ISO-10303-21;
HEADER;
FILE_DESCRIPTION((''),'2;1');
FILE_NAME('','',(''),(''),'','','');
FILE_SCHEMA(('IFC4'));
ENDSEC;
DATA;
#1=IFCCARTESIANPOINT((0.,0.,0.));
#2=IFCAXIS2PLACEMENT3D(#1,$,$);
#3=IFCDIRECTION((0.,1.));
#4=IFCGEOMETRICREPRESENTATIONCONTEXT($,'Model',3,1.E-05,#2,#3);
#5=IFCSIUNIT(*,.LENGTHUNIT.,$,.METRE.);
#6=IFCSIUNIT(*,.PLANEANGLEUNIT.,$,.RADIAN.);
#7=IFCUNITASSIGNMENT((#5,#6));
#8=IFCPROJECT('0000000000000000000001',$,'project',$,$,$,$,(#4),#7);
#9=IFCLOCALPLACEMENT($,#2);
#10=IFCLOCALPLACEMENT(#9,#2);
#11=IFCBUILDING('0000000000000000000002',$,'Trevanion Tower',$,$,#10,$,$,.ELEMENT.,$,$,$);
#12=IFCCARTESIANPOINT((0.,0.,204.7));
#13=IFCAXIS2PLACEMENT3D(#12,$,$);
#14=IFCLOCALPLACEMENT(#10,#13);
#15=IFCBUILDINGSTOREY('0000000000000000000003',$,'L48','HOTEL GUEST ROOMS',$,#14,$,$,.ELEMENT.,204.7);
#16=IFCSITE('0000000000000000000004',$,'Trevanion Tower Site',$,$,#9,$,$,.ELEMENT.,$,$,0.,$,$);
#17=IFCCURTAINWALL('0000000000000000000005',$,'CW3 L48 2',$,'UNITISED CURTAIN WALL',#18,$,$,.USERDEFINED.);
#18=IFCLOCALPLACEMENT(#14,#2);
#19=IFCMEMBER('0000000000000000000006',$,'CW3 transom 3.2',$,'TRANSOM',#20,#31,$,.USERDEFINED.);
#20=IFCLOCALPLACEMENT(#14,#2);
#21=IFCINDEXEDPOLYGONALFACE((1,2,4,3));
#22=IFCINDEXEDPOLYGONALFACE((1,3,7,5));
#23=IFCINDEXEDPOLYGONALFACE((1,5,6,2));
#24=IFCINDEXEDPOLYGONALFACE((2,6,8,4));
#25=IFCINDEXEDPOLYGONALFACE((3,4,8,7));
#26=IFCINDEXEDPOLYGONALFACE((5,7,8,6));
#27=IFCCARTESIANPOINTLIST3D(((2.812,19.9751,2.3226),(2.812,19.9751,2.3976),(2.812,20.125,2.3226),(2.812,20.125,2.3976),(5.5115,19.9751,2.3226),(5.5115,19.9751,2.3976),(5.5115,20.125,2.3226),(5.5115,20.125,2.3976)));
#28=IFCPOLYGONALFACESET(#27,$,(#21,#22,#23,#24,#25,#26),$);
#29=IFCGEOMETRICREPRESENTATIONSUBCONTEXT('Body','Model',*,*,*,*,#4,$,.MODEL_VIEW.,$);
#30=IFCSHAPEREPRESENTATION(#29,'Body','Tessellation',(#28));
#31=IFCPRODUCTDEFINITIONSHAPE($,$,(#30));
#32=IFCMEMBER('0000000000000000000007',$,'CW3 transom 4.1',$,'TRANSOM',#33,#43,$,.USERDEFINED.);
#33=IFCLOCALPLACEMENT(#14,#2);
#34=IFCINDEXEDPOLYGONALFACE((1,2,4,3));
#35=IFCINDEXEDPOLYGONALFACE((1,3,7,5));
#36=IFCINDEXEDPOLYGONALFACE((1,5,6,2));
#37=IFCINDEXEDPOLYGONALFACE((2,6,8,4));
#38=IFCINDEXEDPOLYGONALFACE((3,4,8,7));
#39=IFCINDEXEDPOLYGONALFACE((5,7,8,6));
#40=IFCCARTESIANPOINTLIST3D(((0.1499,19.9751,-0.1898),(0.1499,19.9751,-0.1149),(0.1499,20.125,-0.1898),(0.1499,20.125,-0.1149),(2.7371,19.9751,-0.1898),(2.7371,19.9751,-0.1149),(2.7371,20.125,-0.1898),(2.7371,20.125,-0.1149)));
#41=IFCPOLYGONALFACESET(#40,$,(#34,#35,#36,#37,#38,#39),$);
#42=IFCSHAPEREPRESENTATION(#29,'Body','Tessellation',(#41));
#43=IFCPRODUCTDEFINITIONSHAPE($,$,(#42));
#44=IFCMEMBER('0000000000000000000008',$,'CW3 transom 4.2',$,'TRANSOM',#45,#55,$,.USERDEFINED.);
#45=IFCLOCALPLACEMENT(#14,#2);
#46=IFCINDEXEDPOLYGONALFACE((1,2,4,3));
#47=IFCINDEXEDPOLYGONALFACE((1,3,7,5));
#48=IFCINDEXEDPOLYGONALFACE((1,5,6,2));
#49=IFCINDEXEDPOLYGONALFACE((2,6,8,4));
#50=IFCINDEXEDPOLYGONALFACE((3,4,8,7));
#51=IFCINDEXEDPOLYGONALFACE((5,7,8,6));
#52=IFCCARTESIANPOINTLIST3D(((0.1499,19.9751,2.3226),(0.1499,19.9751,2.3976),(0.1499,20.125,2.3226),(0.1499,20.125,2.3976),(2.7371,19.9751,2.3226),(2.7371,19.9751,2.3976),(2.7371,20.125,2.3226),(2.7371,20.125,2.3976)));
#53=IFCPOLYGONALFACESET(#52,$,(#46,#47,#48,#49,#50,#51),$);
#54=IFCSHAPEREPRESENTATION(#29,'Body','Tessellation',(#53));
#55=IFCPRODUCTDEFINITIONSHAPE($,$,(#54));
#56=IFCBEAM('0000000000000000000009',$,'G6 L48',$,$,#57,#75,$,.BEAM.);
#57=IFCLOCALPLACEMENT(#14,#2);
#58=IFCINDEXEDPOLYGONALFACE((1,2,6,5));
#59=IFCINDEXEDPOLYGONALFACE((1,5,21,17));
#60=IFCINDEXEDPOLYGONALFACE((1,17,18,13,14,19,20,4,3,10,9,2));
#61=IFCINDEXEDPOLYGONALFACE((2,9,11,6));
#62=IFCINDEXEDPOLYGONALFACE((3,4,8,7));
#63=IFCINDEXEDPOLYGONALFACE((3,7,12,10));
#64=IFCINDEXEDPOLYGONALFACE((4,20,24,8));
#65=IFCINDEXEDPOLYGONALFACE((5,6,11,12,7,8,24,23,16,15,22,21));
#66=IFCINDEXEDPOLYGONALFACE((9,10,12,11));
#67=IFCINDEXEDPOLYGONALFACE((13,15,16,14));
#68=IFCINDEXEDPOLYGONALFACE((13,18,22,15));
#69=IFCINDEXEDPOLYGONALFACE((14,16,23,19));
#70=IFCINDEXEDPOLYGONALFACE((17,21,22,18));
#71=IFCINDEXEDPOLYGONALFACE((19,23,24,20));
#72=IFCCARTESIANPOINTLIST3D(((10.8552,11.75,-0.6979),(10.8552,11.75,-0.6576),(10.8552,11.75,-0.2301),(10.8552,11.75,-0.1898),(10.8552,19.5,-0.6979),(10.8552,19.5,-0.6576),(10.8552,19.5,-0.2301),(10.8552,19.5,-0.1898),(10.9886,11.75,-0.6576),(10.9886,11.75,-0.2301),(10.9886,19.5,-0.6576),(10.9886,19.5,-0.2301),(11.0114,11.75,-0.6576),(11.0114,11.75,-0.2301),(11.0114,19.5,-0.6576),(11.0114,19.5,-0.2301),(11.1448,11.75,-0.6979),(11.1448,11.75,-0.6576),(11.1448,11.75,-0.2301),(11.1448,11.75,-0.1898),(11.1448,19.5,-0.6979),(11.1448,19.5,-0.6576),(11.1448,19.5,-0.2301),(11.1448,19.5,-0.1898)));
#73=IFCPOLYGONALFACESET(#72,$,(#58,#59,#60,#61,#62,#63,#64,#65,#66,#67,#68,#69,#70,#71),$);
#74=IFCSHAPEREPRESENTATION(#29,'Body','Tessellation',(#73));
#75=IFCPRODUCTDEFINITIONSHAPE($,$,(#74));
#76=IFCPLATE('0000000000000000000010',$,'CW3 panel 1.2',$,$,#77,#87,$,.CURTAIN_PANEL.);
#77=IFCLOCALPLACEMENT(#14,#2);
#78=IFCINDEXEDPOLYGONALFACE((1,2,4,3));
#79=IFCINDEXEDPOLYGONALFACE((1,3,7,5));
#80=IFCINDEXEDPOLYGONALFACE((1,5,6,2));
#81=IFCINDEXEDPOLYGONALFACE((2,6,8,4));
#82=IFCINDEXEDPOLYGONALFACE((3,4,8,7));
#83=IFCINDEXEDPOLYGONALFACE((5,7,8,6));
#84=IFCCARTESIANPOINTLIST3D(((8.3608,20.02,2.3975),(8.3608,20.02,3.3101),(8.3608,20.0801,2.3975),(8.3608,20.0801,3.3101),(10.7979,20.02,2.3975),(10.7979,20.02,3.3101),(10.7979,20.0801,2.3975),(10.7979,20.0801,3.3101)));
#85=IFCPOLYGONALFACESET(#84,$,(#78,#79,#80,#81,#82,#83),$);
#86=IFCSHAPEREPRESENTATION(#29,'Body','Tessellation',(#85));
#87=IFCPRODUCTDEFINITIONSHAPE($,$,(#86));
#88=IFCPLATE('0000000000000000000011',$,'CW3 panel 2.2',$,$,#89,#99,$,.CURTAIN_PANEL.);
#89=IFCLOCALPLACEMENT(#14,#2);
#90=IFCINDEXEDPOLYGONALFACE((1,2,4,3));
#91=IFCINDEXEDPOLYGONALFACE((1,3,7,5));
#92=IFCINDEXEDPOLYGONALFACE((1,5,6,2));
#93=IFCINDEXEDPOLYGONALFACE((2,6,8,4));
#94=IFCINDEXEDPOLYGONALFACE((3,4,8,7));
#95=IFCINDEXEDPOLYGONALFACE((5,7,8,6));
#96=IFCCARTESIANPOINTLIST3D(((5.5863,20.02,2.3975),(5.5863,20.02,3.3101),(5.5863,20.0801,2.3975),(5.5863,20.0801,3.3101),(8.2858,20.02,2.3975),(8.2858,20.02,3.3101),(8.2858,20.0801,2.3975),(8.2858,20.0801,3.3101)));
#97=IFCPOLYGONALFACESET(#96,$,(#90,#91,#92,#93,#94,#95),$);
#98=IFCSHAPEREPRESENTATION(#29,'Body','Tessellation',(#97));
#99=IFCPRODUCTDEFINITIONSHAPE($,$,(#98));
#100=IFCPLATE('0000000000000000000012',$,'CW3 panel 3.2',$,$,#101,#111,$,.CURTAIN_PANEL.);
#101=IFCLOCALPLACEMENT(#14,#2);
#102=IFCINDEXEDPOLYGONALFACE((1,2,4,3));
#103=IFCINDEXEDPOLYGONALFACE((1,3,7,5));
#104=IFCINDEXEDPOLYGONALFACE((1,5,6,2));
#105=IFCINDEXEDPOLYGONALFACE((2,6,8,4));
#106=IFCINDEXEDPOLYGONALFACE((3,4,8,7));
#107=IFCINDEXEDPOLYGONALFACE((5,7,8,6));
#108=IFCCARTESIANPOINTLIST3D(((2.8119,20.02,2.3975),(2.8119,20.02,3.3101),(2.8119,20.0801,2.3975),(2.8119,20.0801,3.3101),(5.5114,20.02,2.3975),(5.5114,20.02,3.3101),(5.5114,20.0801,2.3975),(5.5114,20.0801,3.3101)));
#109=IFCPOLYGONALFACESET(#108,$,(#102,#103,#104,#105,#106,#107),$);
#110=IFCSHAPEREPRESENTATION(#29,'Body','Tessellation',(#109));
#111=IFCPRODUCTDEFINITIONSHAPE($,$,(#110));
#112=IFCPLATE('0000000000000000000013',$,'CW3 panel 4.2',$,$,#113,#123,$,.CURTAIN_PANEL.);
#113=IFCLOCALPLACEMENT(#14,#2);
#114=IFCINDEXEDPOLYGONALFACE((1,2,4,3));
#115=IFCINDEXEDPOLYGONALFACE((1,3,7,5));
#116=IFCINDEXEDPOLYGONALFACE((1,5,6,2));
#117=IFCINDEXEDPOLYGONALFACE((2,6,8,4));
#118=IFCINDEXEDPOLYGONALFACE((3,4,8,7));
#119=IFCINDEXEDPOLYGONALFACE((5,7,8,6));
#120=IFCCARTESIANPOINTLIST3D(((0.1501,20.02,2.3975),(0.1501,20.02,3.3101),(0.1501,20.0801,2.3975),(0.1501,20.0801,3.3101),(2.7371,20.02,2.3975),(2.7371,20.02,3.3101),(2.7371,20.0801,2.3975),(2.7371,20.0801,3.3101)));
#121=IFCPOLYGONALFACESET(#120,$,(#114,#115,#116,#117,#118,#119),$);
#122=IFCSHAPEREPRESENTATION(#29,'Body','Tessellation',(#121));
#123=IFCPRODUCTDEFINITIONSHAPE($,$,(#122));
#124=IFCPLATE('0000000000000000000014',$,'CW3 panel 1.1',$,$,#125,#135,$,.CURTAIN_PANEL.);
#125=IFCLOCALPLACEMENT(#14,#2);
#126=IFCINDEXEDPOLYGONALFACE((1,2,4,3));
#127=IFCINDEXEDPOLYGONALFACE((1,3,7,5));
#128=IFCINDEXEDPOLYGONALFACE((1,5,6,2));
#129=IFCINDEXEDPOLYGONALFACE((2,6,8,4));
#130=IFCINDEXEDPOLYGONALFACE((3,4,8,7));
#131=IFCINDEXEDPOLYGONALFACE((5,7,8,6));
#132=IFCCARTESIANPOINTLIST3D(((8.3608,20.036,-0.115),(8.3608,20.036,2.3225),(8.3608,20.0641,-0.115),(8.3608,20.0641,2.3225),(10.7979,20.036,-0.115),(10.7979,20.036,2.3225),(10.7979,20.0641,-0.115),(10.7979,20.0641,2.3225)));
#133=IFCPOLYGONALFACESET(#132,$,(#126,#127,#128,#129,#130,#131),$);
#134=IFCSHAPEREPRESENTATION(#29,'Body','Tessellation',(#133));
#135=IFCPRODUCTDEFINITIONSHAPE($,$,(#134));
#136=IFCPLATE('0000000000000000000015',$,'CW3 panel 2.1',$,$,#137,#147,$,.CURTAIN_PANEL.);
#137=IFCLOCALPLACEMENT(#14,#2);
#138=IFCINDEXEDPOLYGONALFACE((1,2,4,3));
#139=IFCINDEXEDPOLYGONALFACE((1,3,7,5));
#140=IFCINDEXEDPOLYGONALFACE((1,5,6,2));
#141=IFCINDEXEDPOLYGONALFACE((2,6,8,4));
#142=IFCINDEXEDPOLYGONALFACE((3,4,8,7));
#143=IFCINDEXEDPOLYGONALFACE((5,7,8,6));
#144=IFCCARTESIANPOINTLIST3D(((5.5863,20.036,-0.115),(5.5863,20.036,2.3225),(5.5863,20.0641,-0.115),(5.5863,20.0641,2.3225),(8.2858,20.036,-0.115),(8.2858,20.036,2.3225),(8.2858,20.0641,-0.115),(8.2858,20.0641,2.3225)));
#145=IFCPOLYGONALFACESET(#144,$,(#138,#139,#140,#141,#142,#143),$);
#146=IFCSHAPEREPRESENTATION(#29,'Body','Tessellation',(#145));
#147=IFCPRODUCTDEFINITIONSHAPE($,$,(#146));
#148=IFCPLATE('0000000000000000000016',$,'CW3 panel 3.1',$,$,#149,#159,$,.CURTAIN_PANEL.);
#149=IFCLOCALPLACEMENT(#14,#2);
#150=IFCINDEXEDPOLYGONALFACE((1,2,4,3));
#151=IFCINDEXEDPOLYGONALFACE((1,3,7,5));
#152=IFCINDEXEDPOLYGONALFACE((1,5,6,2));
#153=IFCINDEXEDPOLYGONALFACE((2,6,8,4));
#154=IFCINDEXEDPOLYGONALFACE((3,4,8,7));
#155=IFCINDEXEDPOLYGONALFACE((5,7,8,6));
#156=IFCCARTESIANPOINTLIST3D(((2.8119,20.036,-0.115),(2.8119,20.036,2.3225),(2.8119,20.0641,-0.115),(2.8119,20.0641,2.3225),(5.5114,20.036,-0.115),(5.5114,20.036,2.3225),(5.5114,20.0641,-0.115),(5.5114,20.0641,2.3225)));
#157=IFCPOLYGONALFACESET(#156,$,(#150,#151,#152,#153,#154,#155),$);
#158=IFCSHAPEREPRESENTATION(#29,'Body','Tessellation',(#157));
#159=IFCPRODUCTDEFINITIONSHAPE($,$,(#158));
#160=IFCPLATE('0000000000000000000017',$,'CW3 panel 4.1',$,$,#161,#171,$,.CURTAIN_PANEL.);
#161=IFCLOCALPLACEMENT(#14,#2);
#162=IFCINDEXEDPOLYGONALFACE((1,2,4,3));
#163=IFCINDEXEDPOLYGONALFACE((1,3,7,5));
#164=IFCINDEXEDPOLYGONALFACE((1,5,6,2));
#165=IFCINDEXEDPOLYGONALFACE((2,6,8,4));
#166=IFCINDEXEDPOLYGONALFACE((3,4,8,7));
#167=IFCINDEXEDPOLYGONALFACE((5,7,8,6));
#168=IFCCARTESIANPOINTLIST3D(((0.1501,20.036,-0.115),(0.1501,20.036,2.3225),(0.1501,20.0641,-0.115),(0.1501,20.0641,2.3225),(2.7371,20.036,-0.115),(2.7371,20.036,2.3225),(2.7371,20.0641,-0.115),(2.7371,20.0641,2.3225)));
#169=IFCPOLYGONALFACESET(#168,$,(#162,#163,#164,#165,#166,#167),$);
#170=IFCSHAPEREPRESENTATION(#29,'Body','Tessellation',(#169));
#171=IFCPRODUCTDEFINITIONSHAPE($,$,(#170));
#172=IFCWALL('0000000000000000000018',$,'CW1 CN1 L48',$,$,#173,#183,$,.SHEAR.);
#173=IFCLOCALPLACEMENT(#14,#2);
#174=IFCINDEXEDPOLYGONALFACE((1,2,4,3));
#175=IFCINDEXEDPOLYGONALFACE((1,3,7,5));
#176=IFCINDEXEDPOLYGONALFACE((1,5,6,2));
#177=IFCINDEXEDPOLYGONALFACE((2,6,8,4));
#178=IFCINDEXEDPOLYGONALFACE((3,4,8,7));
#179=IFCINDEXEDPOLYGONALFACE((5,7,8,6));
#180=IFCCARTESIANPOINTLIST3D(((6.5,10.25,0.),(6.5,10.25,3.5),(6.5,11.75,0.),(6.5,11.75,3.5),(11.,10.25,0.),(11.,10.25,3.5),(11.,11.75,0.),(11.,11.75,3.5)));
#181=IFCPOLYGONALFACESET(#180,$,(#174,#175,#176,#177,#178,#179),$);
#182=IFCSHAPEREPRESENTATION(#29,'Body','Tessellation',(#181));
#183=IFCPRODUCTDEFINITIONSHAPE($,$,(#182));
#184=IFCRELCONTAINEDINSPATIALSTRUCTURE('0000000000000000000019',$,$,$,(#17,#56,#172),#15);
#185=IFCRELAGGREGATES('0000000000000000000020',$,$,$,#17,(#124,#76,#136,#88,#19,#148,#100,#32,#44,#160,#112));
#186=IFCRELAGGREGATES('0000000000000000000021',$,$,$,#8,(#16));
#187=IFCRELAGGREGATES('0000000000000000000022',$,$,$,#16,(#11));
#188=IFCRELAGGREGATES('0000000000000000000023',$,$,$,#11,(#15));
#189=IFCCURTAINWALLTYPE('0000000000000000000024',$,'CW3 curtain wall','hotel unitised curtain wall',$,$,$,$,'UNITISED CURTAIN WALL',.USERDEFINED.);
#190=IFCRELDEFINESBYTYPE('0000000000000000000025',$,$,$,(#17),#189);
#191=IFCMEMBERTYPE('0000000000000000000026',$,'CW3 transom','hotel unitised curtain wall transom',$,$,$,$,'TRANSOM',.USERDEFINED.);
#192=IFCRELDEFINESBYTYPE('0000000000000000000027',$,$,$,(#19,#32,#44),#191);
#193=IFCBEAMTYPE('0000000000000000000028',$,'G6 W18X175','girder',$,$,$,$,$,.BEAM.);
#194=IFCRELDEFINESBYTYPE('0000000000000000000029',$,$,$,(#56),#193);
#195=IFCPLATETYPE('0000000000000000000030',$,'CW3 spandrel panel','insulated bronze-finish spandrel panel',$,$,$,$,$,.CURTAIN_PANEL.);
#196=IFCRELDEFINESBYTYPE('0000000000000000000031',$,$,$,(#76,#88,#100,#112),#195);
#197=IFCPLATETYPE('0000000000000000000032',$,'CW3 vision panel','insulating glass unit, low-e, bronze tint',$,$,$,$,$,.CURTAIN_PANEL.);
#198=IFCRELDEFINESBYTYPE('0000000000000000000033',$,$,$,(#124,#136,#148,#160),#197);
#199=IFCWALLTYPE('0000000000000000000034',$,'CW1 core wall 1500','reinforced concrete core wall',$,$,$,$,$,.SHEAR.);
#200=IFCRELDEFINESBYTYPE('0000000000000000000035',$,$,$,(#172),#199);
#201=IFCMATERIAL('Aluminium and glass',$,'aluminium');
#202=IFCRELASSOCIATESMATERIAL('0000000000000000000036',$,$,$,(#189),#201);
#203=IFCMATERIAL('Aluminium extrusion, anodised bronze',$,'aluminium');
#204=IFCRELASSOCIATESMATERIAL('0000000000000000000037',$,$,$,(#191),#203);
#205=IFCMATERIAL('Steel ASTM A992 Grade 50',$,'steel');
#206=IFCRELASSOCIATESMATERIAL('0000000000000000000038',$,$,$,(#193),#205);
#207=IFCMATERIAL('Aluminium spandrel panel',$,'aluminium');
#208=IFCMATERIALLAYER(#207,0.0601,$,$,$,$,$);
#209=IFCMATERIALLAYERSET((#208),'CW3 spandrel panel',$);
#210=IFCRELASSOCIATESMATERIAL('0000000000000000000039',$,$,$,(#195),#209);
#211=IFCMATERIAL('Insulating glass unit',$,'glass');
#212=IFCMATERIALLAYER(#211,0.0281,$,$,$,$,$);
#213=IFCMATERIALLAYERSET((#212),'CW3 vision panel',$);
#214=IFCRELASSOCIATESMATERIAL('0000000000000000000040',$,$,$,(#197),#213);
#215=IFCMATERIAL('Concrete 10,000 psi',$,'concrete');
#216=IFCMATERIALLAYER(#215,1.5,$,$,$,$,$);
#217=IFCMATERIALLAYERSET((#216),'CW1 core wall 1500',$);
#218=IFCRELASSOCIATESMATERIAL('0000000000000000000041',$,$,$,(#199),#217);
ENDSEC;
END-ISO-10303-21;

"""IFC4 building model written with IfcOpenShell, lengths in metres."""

from ifc_helpers import new_model, si_unit, direction, frame, frame_2d, origin, origin_2d, place, context, subcontext, project, spatial, rectangle, i_section, extrude, material, layer, layer_set, material_profile, profile_set, type_object, element, aggregate, save


model = new_model("IFC4")

# Units and contexts
model_context = context("Model", 3, precision=1e-05, world=origin(), true_north=direction((0.0, 1.0)))
body_context = subcontext(model_context, "Body", "Model", "MODEL_VIEW")
ifc_project = project(units=[si_unit("LENGTHUNIT", "METRE"), si_unit("PLANEANGLEUNIT", "RADIAN")], contexts=[model_context])

# Site, building, storey
site_placement = place(None, origin())
site = spatial("IfcSite", under=ifc_project, at=site_placement, Name="Trevanion Tower Site", CompositionType="ELEMENT", RefElevation=0.0)
building_placement = place(site_placement, origin())
building = spatial("IfcBuilding", under=site, at=building_placement, Name="Trevanion Tower", CompositionType="ELEMENT")
storey_placement = place(building_placement, frame((0.0, 0.0, 204.7)))
storey = spatial("IfcBuildingStorey", under=building, at=storey_placement, Name="L48", Description="HOTEL GUEST ROOMS", CompositionType="ELEMENT", Elevation=204.7)

# Curtain wall, members
ifc_material_1 = material(Name="Aluminium and glass", Category="aluminium")
curtain_wall_type = type_object("IfcCurtainWallType", Name="CW3 curtain wall", Description="hotel unitised curtain wall", ElementType="UNITISED CURTAIN WALL", PredefinedType="USERDEFINED", material=ifc_material_1)
curtain_wall_placement = place(storey_placement, origin())
curtain_wall = element("IfcCurtainWall", 1, at=curtain_wall_placement, inside=storey, type_object=curtain_wall_type, Name="CW3 L48 2", ObjectType="UNITISED CURTAIN WALL", PredefinedType="USERDEFINED")
ifc_material_2 = material(Name="Aluminium extrusion, anodised bronze", Category="aluminium")
ifc_material_profile_1 = material_profile(ifc_material_2, rectangle(XDim=0.1499, YDim=0.075, at=origin_2d()), Name="CW3 transom")
ifc_profile_set_1 = profile_set([ifc_material_profile_1], Name="Aluminium extrusion, anodised bronze")
member_type_1 = type_object("IfcMemberType", Name="CW3 transom", Description="hotel unitised curtain wall transom", ElementType="TRANSOM", PredefinedType="USERDEFINED", material=ifc_profile_set_1)
member_1_placement = place(storey_placement, frame((5.5115, 20.05, 2.3601), z_axis=(-1.0, 0.0, 0.0), x_axis=(0.0, -1.0, 0.0)))
member_1 = element("IfcMember", 2, at=member_1_placement, type_object=member_type_1, Name="CW3 transom 3.2", ObjectType="TRANSOM", PredefinedType="USERDEFINED", context=body_context, shape_type="SweptSolid", body=[
    extrude(rectangle(XDim=0.1499, YDim=0.075, at=origin_2d()), origin(), (0.0, 0.0, 1.0), 2.6995),
])
member_2_placement = place(storey_placement, frame((2.7371, 20.05, -0.1523), z_axis=(-1.0, 0.0, 0.0), x_axis=(0.0, -1.0, 0.0)))
member_2 = element("IfcMember", 3, at=member_2_placement, type_object=member_type_1, Name="CW3 transom 4.1", ObjectType="TRANSOM", PredefinedType="USERDEFINED", context=body_context, shape_type="SweptSolid", body=[
    extrude(rectangle(XDim=0.1499, YDim=0.075, at=origin_2d()), origin(), (0.0, 0.0, 1.0), 2.5872),
])
member_3_placement = place(storey_placement, frame((2.7371, 20.05, 2.3601), z_axis=(-1.0, 0.0, 0.0), x_axis=(0.0, -1.0, 0.0)))
member_3 = element("IfcMember", 4, at=member_3_placement, type_object=member_type_1, Name="CW3 transom 4.2", ObjectType="TRANSOM", PredefinedType="USERDEFINED", context=body_context, shape_type="SweptSolid", body=[
    extrude(rectangle(XDim=0.1499, YDim=0.075, at=origin_2d()), origin(), (0.0, 0.0, 1.0), 2.5872),
])

# Beam
ifc_material_3 = material(Name="Steel ASTM A992 Grade 50", Category="steel")
ifc_material_profile_2 = material_profile(ifc_material_3, i_section(OverallWidth=0.2896, OverallDepth=0.5081, WebThickness=0.0227, FlangeThickness=0.0403, at=origin_2d()), Name="W18X175")
ifc_profile_set_2 = profile_set([ifc_material_profile_2], Name="Steel ASTM A992 Grade 50")
beam_type_1 = type_object("IfcBeamType", Name="G6 W18X175", Description="girder", PredefinedType="BEAM", material=ifc_profile_set_2)
beam_placement = place(storey_placement, frame((11.0, 11.75, -0.4438), z_axis=(0.0, 1.0, 0.0), x_axis=(-1.0, 0.0, 0.0)))
element("IfcBeam", 5, at=beam_placement, inside=storey, type_object=beam_type_1, Name="G6 L48", PredefinedType="BEAM", context=body_context, shape_type="SweptSolid", body=[
    extrude(i_section(OverallWidth=0.2896, OverallDepth=0.5081, WebThickness=0.0227, FlangeThickness=0.0403, at=origin_2d()), origin(), (0.0, 0.0, 1.0), 7.75),
])

# Plates
ifc_material_4 = material(Name="Aluminium spandrel panel", Category="aluminium")
ifc_layer_1 = layer(ifc_material_4, 0.0601)
ifc_layer_set_1 = layer_set([ifc_layer_1], Name="CW3 spandrel panel")
plate_type_1 = type_object("IfcPlateType", Name="CW3 spandrel panel", Description="insulated bronze-finish spandrel panel", PredefinedType="CURTAIN_PANEL", material=ifc_layer_set_1)
plate_1_placement = place(storey_placement, frame((9.5793, 20.05, 2.3975), z_axis=(0.0, 0.0, 1.0), x_axis=(-1.0, 0.0, 0.0)))
plate_1 = element("IfcPlate", 6, at=plate_1_placement, type_object=plate_type_1, Name="CW3 panel 1.2", PredefinedType="CURTAIN_PANEL", context=body_context, shape_type="SweptSolid", body=[
    extrude(rectangle(XDim=2.437, YDim=0.0601, at=origin_2d()), origin(), (0.0, 0.0, 1.0), 0.9126),
])
plate_2_placement = place(storey_placement, frame((6.936, 20.05, 2.3975), z_axis=(0.0, 0.0, 1.0), x_axis=(-1.0, 0.0, 0.0)))
plate_2 = element("IfcPlate", 7, at=plate_2_placement, type_object=plate_type_1, Name="CW3 panel 2.2", PredefinedType="CURTAIN_PANEL", context=body_context, shape_type="SweptSolid", body=[
    extrude(rectangle(XDim=2.6995, YDim=0.0601, at=origin_2d()), origin(), (0.0, 0.0, 1.0), 0.9126),
])
plate_3_placement = place(storey_placement, frame((4.1616, 20.05, 2.3975), z_axis=(0.0, 0.0, 1.0), x_axis=(-1.0, 0.0, 0.0)))
plate_3 = element("IfcPlate", 8, at=plate_3_placement, type_object=plate_type_1, Name="CW3 panel 3.2", PredefinedType="CURTAIN_PANEL", context=body_context, shape_type="SweptSolid", body=[
    extrude(rectangle(XDim=2.6995, YDim=0.0601, at=origin_2d()), origin(), (0.0, 0.0, 1.0), 0.9126),
])
plate_4_placement = place(storey_placement, frame((1.4436, 20.05, 2.3975), z_axis=(0.0, 0.0, 1.0), x_axis=(-1.0, 0.0, 0.0)))
plate_4 = element("IfcPlate", 9, at=plate_4_placement, type_object=plate_type_1, Name="CW3 panel 4.2", PredefinedType="CURTAIN_PANEL", context=body_context, shape_type="SweptSolid", body=[
    extrude(rectangle(XDim=2.5869, YDim=0.0601, at=origin_2d()), origin(), (0.0, 0.0, 1.0), 0.9126),
])
ifc_material_5 = material(Name="Insulating glass unit", Category="glass")
ifc_layer_2 = layer(ifc_material_5, 0.0281)
ifc_layer_set_2 = layer_set([ifc_layer_2], Name="CW3 vision panel")
plate_type_2 = type_object("IfcPlateType", Name="CW3 vision panel", Description="insulating glass unit, low-e, bronze tint", PredefinedType="CURTAIN_PANEL", material=ifc_layer_set_2)
plate_5_placement = place(storey_placement, frame((9.5793, 20.05, -0.115), z_axis=(0.0, 0.0, 1.0), x_axis=(-1.0, 0.0, 0.0)))
plate_5 = element("IfcPlate", 10, at=plate_5_placement, type_object=plate_type_2, Name="CW3 panel 1.1", PredefinedType="CURTAIN_PANEL", context=body_context, shape_type="SweptSolid", body=[
    extrude(rectangle(XDim=2.437, YDim=0.0281, at=origin_2d()), origin(), (0.0, 0.0, 1.0), 2.4375),
])
plate_6_placement = place(storey_placement, frame((6.936, 20.05, -0.115), z_axis=(0.0, 0.0, 1.0), x_axis=(-1.0, 0.0, 0.0)))
plate_6 = element("IfcPlate", 11, at=plate_6_placement, type_object=plate_type_2, Name="CW3 panel 2.1", PredefinedType="CURTAIN_PANEL", context=body_context, shape_type="SweptSolid", body=[
    extrude(rectangle(XDim=2.6995, YDim=0.0281, at=origin_2d()), origin(), (0.0, 0.0, 1.0), 2.4375),
])
plate_7_placement = place(storey_placement, frame((4.1616, 20.05, -0.115), z_axis=(0.0, 0.0, 1.0), x_axis=(-1.0, 0.0, 0.0)))
plate_7 = element("IfcPlate", 12, at=plate_7_placement, type_object=plate_type_2, Name="CW3 panel 3.1", PredefinedType="CURTAIN_PANEL", context=body_context, shape_type="SweptSolid", body=[
    extrude(rectangle(XDim=2.6995, YDim=0.0281, at=origin_2d()), origin(), (0.0, 0.0, 1.0), 2.4375),
])
plate_8_placement = place(storey_placement, frame((1.4436, 20.05, -0.115), z_axis=(0.0, 0.0, 1.0), x_axis=(-1.0, 0.0, 0.0)))
plate_8 = element("IfcPlate", 13, at=plate_8_placement, type_object=plate_type_2, Name="CW3 panel 4.1", PredefinedType="CURTAIN_PANEL", context=body_context, shape_type="SweptSolid", body=[
    extrude(rectangle(XDim=2.5869, YDim=0.0281, at=origin_2d()), origin(), (0.0, 0.0, 1.0), 2.4375),
])
aggregate(curtain_wall, [plate_5, plate_1, plate_6, plate_2, member_1, plate_7, plate_3, member_2, member_3, plate_8, plate_4])

# Wall
ifc_material_6 = material(Name="Concrete 10,000 psi", Category="concrete")
ifc_layer_3 = layer(ifc_material_6, 1.5)
ifc_layer_set_3 = layer_set([ifc_layer_3], Name="CW1 core wall 1500")
wall_type_1 = type_object("IfcWallType", Name="CW1 core wall 1500", Description="reinforced concrete core wall", PredefinedType="SHEAR", material=ifc_layer_set_3)
wall_1_placement = place(storey_placement, frame((11.0, 11.0, 0.0), z_axis=(0.0, 0.0, 1.0), x_axis=(-1.0, 0.0, 0.0)))
element("IfcWall", 14, at=wall_1_placement, inside=storey, type_object=wall_type_1, Name="CW1 CN1 L48", PredefinedType="SHEAR", context=body_context, shape_type="SweptSolid", body=[
    extrude(rectangle(XDim=4.5, YDim=1.5, at=frame_2d((2.25, 0.0))), origin(), (0.0, 0.0, 1.0), 3.5),
])

save(model, "model.ifc")
